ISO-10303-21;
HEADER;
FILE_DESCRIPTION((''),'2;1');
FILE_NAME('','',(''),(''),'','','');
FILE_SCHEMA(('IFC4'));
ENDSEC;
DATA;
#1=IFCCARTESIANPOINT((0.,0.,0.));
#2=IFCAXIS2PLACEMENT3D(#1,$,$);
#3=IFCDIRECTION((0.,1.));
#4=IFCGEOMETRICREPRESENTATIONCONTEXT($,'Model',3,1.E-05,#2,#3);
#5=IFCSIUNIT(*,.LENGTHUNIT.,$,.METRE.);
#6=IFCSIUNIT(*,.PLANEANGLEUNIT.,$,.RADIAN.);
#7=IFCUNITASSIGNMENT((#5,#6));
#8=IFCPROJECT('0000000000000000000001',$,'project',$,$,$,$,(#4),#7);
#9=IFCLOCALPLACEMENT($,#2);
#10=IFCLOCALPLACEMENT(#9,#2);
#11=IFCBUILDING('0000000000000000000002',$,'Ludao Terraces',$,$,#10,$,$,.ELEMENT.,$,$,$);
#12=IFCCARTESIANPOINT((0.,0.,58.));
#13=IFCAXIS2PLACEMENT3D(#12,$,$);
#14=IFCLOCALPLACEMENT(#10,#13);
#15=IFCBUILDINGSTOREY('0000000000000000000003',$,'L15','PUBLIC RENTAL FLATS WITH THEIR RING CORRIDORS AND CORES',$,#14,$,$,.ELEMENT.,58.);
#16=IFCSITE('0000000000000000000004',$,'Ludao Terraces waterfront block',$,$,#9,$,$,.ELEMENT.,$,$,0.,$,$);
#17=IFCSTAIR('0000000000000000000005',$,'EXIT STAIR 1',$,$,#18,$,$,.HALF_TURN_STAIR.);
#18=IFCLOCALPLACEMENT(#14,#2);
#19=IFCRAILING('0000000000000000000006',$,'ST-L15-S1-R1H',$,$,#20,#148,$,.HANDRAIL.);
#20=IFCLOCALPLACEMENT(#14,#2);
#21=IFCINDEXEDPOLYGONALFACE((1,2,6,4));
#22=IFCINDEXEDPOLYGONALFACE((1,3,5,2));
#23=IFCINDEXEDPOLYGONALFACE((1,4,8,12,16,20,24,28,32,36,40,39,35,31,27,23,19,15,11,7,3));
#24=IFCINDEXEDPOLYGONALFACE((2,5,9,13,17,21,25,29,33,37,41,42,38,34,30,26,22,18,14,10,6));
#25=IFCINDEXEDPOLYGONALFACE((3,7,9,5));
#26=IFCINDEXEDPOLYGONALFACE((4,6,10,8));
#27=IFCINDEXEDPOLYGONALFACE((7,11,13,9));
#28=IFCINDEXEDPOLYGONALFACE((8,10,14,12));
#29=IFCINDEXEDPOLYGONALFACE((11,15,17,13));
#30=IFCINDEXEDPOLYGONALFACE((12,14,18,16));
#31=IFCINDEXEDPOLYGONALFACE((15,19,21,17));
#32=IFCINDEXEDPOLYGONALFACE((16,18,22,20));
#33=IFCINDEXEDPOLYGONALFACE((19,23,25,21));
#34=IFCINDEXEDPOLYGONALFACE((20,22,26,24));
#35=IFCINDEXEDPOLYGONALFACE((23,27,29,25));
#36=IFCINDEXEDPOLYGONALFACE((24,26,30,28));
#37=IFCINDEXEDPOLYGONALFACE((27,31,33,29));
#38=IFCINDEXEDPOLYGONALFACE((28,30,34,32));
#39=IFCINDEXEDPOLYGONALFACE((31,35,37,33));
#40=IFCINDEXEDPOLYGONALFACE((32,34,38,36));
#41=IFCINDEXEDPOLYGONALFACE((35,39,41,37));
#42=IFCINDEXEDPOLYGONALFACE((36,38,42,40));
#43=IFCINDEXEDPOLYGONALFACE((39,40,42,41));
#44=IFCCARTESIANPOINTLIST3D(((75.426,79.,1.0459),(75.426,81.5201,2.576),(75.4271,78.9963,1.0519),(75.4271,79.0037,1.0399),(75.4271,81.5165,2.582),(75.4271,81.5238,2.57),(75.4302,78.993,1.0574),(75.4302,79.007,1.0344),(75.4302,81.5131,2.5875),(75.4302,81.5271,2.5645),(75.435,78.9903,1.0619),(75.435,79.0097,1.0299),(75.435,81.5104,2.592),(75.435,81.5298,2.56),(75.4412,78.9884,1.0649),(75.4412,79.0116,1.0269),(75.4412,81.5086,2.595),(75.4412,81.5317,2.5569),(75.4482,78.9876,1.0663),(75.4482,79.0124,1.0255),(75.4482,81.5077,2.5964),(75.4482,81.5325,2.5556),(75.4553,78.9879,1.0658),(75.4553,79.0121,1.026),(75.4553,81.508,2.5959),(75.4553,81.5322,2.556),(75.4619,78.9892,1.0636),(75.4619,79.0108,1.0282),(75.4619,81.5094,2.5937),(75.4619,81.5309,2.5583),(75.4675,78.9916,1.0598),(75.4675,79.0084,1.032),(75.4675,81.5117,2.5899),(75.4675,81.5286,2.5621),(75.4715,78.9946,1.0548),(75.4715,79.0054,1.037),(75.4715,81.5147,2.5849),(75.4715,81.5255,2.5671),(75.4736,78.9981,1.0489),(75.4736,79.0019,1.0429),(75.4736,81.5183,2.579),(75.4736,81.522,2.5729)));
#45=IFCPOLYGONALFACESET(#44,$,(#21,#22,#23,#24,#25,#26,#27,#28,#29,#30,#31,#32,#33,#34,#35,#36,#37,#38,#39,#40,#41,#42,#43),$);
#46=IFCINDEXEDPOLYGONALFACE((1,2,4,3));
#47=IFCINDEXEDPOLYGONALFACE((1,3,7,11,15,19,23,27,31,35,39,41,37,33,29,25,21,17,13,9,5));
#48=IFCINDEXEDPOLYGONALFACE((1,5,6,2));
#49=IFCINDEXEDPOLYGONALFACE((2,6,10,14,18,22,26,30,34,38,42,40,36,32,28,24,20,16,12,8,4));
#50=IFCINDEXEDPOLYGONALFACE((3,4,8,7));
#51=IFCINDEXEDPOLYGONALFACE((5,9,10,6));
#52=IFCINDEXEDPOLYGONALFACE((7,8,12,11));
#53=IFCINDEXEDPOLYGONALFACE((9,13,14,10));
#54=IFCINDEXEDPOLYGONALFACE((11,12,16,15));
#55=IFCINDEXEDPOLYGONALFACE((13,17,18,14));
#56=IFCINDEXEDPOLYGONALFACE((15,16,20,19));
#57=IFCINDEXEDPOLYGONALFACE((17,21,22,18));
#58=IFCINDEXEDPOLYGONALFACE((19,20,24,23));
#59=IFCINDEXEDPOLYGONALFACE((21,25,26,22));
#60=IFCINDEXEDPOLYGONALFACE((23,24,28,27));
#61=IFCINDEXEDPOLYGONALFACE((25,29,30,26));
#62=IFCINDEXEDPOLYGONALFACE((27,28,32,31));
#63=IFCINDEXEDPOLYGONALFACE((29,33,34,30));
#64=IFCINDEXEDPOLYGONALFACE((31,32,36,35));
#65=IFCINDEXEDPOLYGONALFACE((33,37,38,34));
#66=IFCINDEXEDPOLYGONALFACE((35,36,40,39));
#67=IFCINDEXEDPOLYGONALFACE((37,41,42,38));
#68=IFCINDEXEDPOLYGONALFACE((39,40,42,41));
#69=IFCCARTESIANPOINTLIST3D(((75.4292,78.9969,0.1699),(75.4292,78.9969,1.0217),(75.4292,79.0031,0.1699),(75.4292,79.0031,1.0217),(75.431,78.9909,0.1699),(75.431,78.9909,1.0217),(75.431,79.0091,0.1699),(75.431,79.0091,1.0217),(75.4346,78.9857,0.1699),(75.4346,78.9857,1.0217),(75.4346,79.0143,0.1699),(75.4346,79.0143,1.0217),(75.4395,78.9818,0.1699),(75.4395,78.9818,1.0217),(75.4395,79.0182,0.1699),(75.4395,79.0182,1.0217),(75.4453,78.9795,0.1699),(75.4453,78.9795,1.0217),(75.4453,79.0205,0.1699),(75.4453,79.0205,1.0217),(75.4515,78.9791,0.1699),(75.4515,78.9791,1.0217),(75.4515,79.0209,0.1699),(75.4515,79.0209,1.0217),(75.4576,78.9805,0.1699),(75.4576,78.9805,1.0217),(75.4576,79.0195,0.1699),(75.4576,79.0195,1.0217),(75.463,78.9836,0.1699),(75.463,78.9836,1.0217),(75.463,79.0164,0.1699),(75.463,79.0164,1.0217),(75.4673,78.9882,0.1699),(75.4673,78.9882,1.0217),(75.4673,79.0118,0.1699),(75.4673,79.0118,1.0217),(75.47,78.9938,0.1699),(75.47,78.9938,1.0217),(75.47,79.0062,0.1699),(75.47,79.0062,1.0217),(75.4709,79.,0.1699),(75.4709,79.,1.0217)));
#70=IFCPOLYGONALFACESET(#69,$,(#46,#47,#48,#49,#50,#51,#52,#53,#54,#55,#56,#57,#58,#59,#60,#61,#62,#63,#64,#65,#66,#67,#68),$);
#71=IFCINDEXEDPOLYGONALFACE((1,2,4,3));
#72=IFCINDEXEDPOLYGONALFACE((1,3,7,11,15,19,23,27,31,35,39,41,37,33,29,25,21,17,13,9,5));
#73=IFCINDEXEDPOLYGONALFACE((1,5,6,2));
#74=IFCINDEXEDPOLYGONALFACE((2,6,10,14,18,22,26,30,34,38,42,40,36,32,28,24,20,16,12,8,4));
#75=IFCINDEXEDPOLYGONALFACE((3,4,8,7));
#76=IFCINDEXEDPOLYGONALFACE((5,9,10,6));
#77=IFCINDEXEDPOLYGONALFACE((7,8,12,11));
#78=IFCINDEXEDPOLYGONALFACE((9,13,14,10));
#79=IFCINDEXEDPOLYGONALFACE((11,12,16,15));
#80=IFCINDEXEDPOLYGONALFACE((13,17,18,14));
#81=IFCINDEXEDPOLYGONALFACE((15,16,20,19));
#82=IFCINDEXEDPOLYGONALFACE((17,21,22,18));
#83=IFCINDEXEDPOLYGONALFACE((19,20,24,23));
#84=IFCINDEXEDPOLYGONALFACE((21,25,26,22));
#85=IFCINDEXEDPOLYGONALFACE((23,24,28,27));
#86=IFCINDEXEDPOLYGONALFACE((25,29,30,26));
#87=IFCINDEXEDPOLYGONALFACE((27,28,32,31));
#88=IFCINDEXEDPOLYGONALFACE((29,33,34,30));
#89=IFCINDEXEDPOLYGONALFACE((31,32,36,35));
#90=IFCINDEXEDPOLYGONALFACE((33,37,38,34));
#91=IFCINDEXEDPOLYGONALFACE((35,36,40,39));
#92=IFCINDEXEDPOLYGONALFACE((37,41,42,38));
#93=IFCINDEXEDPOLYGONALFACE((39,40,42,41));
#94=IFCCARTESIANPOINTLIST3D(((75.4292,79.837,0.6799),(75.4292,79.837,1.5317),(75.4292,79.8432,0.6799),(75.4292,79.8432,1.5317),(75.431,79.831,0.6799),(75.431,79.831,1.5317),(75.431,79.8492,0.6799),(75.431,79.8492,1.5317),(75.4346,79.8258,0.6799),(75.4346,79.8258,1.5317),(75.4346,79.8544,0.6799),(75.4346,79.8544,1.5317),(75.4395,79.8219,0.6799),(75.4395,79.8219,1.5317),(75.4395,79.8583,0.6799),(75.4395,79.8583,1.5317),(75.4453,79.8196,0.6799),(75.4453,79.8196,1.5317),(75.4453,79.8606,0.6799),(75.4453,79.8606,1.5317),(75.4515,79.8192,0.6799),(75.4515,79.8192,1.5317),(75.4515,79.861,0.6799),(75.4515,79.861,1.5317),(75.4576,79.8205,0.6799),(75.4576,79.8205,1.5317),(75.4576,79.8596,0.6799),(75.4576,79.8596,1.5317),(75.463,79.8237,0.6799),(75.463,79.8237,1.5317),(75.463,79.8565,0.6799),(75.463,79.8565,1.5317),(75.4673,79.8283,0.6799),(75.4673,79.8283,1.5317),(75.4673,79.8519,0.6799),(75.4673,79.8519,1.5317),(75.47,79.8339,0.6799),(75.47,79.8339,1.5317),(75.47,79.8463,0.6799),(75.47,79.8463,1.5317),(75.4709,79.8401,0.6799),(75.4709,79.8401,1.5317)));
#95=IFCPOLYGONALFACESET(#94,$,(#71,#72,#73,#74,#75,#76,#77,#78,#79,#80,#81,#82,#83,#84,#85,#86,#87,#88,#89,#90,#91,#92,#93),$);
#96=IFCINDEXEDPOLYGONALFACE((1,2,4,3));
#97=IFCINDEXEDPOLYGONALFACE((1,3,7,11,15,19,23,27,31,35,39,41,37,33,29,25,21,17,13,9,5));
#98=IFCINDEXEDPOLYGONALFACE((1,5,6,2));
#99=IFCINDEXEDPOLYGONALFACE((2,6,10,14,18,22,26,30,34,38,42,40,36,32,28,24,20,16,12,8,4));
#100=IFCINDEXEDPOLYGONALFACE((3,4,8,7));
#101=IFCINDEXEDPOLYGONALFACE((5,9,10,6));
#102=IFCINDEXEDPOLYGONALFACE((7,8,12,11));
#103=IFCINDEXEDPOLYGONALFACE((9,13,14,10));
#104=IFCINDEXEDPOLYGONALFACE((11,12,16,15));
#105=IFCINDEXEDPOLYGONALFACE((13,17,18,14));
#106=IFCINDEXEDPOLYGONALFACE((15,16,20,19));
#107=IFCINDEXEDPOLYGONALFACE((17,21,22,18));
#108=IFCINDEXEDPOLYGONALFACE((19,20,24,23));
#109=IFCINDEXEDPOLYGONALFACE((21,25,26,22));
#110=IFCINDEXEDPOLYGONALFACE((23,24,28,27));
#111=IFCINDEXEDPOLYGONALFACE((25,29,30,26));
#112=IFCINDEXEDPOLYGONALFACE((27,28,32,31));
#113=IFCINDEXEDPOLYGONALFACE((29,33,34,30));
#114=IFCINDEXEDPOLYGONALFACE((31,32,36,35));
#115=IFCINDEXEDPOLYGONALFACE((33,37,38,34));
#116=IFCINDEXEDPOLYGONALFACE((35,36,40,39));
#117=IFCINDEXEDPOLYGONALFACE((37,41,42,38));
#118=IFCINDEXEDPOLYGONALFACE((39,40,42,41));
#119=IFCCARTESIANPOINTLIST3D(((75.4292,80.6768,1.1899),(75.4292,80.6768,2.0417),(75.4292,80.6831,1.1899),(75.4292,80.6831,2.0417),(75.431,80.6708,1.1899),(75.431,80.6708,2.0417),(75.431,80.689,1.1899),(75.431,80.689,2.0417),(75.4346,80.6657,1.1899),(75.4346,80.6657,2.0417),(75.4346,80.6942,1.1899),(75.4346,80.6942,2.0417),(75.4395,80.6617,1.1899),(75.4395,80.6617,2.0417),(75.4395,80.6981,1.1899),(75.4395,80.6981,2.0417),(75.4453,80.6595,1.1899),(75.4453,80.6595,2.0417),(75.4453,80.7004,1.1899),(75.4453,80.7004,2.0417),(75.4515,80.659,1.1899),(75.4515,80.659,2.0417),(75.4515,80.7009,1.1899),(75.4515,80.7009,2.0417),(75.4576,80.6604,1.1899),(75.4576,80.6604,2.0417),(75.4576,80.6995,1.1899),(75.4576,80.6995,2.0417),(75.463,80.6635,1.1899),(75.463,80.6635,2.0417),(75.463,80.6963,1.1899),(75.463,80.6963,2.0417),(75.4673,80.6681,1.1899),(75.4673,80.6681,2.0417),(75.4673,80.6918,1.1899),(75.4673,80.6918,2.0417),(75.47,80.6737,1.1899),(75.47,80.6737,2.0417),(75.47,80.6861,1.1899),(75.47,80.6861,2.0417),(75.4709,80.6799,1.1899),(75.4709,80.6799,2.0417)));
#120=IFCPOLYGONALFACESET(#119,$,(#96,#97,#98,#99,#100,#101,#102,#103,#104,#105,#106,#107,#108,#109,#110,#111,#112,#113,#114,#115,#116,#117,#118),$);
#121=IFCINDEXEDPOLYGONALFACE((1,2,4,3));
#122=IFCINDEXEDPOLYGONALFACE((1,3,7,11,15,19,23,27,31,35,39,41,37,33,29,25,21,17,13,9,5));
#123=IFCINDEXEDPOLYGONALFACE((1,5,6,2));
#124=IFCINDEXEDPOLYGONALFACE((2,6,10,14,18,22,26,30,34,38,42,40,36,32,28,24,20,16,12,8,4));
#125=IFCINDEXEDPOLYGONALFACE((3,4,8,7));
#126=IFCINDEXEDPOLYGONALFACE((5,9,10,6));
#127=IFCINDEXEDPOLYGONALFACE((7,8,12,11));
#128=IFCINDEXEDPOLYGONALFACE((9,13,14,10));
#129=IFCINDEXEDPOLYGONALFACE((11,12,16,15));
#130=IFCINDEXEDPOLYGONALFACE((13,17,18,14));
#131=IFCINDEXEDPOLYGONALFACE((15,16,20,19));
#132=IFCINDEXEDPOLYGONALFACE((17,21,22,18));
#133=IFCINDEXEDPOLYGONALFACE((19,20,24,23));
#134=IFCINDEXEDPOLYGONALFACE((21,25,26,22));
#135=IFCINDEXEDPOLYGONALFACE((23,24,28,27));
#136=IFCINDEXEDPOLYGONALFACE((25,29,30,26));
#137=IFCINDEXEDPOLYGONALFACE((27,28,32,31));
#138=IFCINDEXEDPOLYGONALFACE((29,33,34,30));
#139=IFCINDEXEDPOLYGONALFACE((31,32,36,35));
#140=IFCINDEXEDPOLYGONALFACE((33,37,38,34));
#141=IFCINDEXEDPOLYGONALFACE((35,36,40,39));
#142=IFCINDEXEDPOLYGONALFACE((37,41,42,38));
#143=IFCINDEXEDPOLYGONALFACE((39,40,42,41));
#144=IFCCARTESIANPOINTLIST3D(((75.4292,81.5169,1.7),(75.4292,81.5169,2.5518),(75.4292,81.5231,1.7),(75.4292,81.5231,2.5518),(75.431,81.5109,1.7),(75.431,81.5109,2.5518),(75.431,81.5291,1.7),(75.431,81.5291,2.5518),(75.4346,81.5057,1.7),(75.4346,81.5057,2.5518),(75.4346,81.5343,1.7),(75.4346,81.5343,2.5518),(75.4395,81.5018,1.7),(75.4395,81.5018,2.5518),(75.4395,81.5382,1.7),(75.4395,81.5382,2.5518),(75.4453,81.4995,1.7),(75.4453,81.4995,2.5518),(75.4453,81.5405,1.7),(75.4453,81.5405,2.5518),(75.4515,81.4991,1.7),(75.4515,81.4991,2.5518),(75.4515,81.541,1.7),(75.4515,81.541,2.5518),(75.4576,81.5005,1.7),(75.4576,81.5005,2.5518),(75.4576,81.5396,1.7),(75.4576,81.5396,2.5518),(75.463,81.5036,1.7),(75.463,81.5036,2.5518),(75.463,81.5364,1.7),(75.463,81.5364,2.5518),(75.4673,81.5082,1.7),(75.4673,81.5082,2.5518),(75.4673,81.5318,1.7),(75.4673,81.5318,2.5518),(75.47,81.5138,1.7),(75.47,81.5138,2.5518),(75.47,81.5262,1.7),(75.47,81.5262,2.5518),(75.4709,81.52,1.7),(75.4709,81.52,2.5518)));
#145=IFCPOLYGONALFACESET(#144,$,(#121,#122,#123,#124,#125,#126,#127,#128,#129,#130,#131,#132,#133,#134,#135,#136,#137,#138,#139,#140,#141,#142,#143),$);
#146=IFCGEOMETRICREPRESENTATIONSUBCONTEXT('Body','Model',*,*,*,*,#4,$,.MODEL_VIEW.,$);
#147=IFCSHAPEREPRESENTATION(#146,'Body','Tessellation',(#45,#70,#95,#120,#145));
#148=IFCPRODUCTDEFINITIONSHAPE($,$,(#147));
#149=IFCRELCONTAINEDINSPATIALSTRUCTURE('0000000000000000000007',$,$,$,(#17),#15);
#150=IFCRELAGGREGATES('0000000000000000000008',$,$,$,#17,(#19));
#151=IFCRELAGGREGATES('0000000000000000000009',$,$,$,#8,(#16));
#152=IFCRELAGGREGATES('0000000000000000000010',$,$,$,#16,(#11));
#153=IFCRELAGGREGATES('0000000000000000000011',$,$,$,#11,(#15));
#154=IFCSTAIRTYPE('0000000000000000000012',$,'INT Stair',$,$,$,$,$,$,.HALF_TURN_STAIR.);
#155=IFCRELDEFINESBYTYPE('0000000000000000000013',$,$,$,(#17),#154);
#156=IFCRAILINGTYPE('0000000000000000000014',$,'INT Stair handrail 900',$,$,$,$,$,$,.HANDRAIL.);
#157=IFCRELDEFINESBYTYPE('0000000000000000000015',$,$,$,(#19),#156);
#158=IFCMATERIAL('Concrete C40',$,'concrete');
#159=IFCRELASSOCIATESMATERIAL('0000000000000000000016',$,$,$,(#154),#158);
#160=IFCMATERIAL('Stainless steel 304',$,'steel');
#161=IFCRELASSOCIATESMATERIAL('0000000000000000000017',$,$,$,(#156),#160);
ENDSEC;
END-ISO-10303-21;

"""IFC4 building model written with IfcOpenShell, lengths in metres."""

from ifc_helpers import new_model, si_unit, direction, frame, origin, origin_2d, place, context, subcontext, project, spatial, circle, extrude, material, type_object, element, aggregate, save


model = new_model("IFC4")

# Units and contexts
model_context = context("Model", 3, precision=1e-05, world=origin(), true_north=direction((0.0, 1.0)))
body_context = subcontext(model_context, "Body", "Model", "MODEL_VIEW")
ifc_project = project(units=[si_unit("LENGTHUNIT", "METRE"), si_unit("PLANEANGLEUNIT", "RADIAN")], contexts=[model_context])

# Site, building, storey
site_placement = place(None, origin())
site = spatial("IfcSite", under=ifc_project, at=site_placement, Name="Ludao Terraces waterfront block", CompositionType="ELEMENT", RefElevation=0.0)
building_placement = place(site_placement, origin())
building = spatial("IfcBuilding", under=site, at=building_placement, Name="Ludao Terraces", CompositionType="ELEMENT")
storey_placement = place(building_placement, frame((0.0, 0.0, 58.0)))
storey = spatial("IfcBuildingStorey", under=building, at=storey_placement, Name="L15", Description="PUBLIC RENTAL FLATS WITH THEIR RING CORRIDORS AND CORES", CompositionType="ELEMENT", Elevation=58.0)

# Shared definitions
ifc_material_1 = material(Name="Concrete C40", Category="concrete")

# Shared definitions
ifc_material_2 = material(Name="Stainless steel 304", Category="steel")

# Stair, railing
stair_type = type_object("IfcStairType", Name="INT Stair", PredefinedType="HALF_TURN_STAIR", material=ifc_material_1)
stair_placement = place(storey_placement, origin())
stair = element("IfcStair", 1, at=stair_placement, inside=storey, type_object=stair_type, Name="EXIT STAIR 1", PredefinedType="HALF_TURN_STAIR")
railing_type_1 = type_object("IfcRailingType", Name="INT Stair handrail 900", PredefinedType="HANDRAIL", material=ifc_material_2)
railing_1_placement = place(storey_placement, frame((75.45, 79.0, 0.1699)))
railing_1 = element("IfcRailing", 2, at=railing_1_placement, type_object=railing_type_1, Name="ST-L15-S1-R1H", PredefinedType="HANDRAIL", context=body_context, shape_type="SweptSolid", body=[
    extrude(circle(Radius=0.0239, at=origin_2d()), frame((0.0, 0.0, 0.876), z_axis=(0.0, 0.854785, 0.518982), x_axis=(-1.0, 0.0, 0.0)), (0.0, 0.0, 1.0), 2.9482),
    extrude(circle(Radius=0.021, at=origin_2d()), origin(), (0.0, 0.0, 1.0), 0.8518),
    extrude(circle(Radius=0.021, at=origin_2d()), frame((0.0, 0.8401, 0.51)), (0.0, 0.0, 1.0), 0.8518),
    extrude(circle(Radius=0.021, at=origin_2d()), frame((0.0, 1.6799, 1.02)), (0.0, 0.0, 1.0), 0.8518),
    extrude(circle(Radius=0.021, at=origin_2d()), frame((0.0, 2.52, 1.53)), (0.0, 0.0, 1.0), 0.8518),
])
aggregate(stair, [railing_1])

save(model, "model.ifc")
